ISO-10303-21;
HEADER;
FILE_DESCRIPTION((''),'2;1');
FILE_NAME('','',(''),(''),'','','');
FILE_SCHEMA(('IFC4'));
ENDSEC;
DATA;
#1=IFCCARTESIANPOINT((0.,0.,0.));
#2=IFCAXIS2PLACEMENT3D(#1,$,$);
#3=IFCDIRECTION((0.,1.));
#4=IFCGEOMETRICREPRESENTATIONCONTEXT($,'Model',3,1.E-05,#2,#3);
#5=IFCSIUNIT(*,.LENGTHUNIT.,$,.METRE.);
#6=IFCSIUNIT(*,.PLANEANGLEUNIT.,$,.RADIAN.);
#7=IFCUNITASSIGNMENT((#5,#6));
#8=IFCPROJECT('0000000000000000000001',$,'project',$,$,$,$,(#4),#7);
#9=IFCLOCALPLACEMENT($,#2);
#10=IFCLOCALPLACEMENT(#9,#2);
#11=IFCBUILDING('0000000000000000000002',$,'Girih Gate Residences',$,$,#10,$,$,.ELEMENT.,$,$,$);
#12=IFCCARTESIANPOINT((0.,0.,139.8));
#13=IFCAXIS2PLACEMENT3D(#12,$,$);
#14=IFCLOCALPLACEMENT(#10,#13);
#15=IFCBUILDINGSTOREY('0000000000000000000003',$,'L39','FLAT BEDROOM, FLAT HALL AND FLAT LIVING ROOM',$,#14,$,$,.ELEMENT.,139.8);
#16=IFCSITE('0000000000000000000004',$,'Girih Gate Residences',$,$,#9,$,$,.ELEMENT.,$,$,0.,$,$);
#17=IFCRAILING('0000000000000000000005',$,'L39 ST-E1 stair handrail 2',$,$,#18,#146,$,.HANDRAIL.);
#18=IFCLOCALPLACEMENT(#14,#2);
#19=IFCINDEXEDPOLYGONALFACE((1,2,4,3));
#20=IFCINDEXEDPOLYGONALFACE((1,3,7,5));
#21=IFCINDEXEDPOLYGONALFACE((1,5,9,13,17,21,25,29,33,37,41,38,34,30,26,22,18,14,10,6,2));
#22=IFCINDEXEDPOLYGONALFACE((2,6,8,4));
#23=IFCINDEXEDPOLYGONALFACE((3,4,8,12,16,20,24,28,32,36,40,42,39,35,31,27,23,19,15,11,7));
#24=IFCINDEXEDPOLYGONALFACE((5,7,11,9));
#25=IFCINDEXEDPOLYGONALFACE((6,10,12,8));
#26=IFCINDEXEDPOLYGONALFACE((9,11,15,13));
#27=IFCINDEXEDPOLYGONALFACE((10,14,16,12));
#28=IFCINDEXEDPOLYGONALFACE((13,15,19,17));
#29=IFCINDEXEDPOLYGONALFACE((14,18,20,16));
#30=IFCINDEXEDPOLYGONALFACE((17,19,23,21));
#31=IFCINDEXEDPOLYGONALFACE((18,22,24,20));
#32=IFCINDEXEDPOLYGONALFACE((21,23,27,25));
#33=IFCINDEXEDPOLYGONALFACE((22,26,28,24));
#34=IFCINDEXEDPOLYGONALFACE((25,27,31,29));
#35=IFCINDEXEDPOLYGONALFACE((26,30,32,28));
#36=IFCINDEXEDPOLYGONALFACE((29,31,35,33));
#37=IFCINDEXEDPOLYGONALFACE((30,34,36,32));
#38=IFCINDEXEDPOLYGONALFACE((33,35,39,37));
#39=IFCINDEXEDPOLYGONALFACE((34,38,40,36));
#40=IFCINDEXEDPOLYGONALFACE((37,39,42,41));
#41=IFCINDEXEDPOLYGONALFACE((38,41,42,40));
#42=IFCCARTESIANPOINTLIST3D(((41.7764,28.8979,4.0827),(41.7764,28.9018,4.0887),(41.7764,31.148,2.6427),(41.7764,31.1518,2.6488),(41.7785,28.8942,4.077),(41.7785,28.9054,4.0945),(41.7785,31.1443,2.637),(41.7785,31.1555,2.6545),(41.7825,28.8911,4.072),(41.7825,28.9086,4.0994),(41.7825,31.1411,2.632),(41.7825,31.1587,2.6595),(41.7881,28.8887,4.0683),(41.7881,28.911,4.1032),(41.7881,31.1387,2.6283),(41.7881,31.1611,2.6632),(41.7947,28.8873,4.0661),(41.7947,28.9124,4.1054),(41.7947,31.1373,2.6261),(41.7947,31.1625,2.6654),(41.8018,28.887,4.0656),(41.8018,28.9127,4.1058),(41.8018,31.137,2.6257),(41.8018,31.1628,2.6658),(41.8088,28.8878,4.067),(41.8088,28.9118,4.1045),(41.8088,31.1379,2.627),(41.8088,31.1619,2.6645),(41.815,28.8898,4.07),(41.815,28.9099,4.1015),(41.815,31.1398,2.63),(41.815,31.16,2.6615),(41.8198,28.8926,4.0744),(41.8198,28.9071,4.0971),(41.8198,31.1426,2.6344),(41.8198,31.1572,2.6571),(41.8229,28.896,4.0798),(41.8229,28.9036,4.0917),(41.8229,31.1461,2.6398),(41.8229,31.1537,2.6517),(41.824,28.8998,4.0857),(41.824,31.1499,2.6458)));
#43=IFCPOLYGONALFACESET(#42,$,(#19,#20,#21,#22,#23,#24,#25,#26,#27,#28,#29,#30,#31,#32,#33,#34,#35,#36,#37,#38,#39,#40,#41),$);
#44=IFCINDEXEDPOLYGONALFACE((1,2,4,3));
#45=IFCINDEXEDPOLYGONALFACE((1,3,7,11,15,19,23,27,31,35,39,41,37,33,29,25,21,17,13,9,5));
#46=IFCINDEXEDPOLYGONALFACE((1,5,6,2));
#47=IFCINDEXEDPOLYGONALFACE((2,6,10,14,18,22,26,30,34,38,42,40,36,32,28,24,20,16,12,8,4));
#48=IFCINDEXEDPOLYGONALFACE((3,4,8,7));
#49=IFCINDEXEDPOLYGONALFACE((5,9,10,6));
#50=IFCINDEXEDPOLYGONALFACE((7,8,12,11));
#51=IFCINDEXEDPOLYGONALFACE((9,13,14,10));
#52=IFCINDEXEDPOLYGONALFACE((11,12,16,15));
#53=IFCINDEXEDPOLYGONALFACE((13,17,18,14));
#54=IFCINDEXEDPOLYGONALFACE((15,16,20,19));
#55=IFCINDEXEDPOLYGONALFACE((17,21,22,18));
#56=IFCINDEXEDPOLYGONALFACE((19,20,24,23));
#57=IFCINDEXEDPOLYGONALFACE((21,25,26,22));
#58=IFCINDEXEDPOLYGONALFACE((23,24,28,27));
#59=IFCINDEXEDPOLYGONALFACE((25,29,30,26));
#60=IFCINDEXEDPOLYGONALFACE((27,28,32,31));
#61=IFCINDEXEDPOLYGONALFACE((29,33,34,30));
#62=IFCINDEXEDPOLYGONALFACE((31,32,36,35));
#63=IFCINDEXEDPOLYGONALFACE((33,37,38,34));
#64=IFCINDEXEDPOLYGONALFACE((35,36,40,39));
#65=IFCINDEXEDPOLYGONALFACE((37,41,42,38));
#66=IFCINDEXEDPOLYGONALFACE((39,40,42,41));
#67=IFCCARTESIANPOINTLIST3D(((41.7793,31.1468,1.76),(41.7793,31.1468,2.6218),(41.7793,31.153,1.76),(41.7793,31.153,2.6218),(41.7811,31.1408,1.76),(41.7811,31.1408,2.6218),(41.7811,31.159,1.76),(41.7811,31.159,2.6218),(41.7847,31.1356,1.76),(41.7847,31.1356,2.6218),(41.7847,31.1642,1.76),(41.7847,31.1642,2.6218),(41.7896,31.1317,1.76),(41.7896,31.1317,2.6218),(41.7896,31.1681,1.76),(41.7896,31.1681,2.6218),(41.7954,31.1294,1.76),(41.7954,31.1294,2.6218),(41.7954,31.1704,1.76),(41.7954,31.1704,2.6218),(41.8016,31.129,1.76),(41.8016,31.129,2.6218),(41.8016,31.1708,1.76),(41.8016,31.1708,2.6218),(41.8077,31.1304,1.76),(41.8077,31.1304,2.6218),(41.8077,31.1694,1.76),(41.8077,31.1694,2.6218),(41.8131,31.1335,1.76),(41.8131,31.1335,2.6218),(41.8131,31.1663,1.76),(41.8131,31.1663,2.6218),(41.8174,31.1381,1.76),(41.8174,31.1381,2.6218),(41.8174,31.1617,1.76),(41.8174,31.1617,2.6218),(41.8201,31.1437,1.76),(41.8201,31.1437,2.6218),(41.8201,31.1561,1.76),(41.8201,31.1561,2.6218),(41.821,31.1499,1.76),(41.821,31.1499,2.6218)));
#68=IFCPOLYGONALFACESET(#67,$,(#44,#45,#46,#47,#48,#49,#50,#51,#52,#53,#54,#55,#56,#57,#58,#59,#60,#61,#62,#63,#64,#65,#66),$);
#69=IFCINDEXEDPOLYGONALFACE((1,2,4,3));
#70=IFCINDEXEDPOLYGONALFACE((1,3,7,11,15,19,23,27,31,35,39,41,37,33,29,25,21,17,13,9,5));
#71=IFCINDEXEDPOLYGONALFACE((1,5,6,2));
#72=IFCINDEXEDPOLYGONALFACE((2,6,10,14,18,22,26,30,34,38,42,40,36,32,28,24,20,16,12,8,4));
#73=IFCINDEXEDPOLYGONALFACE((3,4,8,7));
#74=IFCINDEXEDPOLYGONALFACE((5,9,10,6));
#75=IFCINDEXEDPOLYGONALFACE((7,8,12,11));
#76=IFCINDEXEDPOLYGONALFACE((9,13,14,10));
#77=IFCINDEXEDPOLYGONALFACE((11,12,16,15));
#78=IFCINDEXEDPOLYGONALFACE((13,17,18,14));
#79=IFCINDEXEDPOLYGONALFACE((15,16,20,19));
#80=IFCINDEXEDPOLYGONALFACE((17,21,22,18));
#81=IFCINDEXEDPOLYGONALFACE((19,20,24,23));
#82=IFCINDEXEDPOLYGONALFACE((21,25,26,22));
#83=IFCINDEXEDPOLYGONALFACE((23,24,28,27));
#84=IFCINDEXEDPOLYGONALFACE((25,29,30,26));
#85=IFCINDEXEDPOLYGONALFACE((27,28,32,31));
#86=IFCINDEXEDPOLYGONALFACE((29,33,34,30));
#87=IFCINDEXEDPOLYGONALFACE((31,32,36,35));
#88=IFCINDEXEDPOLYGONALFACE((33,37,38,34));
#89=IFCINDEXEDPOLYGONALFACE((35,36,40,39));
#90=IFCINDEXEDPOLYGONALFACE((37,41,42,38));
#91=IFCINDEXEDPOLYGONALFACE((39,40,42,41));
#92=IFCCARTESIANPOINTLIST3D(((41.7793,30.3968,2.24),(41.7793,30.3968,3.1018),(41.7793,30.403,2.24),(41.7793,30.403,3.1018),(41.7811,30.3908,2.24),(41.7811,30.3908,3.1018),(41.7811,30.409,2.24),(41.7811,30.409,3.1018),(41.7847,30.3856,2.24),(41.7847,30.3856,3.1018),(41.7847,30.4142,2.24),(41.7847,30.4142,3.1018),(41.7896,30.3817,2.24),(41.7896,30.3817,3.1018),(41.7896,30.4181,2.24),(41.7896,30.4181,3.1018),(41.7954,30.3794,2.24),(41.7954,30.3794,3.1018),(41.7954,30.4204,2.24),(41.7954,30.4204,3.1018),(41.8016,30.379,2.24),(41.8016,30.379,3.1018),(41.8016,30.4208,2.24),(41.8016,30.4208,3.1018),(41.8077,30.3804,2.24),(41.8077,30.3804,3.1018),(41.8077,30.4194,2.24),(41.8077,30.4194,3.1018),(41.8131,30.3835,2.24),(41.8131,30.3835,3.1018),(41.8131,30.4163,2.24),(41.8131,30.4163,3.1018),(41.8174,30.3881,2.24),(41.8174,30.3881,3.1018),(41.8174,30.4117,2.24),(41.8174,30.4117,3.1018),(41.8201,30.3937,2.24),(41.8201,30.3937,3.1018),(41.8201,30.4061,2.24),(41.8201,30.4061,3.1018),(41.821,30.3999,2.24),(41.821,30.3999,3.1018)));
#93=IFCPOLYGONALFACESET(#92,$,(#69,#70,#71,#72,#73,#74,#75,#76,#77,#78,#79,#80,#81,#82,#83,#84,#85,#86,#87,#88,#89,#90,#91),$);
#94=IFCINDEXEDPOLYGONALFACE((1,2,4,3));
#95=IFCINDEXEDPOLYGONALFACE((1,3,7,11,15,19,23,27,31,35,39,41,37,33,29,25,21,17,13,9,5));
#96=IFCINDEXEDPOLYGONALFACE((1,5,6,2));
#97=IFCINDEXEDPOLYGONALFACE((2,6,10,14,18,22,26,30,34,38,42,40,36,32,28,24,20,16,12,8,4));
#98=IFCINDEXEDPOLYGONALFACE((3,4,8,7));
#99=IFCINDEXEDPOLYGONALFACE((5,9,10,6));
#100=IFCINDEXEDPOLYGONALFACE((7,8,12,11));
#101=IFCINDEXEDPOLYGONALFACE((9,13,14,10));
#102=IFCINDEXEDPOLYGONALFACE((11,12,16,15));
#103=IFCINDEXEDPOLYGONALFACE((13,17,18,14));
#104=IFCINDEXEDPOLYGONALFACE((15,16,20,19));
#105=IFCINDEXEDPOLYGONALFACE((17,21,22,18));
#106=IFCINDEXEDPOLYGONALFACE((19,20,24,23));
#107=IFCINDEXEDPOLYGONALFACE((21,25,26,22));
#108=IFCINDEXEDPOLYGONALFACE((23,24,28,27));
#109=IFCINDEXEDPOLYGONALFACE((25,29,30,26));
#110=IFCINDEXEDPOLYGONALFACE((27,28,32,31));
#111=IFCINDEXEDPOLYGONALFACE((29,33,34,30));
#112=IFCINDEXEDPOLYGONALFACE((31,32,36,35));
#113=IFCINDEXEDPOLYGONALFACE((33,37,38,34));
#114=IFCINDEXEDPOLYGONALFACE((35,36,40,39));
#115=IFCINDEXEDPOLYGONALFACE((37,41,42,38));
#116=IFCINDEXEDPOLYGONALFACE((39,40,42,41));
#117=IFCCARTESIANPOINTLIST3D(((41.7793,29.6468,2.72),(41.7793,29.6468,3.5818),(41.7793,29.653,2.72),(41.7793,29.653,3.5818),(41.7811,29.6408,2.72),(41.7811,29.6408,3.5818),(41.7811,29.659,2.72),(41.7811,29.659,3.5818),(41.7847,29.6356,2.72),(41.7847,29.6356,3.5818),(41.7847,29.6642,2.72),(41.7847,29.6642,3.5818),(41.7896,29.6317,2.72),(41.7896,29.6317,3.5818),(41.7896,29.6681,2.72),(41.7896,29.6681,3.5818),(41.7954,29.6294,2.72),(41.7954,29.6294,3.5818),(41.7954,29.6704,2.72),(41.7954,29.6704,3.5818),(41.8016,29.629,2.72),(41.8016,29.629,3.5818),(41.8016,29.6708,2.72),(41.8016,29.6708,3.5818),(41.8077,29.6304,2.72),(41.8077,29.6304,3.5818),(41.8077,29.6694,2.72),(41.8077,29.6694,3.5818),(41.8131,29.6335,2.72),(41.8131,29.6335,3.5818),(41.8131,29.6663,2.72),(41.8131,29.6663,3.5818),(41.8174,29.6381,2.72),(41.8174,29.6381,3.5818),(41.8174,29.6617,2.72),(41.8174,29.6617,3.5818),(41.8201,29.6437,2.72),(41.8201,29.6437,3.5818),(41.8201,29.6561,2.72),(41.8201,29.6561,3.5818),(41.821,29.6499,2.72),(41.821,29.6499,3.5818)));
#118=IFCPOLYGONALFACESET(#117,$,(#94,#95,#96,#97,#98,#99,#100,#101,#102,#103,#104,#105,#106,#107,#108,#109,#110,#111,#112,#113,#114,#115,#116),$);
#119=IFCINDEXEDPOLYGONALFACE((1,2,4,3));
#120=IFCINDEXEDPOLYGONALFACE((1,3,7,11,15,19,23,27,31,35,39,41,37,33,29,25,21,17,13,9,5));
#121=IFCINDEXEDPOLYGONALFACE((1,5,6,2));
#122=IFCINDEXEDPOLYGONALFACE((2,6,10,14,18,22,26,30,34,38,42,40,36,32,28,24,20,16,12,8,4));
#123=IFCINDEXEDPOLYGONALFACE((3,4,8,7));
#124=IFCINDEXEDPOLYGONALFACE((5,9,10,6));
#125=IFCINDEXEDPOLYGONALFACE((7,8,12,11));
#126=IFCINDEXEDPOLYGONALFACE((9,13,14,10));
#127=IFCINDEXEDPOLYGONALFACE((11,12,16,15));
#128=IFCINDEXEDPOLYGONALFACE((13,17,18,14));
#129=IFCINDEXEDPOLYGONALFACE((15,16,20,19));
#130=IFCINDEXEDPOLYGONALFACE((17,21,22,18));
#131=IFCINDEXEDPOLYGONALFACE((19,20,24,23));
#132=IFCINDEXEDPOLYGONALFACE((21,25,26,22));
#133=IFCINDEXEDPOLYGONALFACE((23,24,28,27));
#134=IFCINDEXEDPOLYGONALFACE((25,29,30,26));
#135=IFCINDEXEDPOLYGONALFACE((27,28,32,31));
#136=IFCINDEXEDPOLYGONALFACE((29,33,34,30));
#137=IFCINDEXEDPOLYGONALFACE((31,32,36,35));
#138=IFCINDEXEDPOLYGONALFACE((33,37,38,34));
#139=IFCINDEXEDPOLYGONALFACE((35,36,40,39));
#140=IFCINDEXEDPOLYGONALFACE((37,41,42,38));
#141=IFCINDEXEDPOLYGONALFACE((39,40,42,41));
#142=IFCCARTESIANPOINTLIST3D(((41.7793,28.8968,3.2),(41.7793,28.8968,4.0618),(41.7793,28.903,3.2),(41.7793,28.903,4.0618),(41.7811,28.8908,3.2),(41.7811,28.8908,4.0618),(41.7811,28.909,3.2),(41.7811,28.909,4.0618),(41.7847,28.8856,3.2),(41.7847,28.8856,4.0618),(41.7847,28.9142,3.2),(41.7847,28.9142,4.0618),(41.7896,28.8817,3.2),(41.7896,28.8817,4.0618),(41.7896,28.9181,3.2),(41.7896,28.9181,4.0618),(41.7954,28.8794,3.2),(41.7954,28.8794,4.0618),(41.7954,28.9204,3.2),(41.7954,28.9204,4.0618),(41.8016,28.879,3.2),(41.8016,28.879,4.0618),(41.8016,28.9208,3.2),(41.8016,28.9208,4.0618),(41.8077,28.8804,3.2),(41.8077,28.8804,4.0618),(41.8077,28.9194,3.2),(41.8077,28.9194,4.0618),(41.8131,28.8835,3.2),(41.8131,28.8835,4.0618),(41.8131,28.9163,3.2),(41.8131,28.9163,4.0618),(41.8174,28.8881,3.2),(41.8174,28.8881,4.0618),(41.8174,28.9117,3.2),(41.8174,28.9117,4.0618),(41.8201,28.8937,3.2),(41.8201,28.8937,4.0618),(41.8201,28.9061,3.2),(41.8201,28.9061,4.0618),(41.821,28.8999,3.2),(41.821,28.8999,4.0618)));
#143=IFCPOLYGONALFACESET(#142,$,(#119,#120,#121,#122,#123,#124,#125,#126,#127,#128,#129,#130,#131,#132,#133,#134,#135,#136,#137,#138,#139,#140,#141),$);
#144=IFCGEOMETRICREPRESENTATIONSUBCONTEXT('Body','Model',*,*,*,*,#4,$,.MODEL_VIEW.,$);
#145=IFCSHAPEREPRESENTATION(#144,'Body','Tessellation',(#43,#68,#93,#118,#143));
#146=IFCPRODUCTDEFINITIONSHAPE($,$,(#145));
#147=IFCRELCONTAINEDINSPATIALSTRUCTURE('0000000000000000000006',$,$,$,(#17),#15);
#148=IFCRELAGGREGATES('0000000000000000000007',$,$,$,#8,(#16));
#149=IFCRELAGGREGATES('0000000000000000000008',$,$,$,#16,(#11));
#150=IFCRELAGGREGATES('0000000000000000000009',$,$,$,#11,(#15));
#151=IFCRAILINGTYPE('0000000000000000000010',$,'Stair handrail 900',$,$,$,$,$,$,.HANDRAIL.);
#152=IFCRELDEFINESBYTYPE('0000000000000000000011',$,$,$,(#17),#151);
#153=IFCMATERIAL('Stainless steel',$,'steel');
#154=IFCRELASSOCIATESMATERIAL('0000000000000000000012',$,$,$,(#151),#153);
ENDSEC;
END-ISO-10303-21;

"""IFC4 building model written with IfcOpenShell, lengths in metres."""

from ifc_helpers import new_model, si_unit, direction, frame, origin, origin_2d, place, context, subcontext, project, spatial, circle, extrude, material, type_object, element, save


model = new_model("IFC4")

# Units and contexts
model_context = context("Model", 3, precision=1e-05, world=origin(), true_north=direction((0.0, 1.0)))
body_context = subcontext(model_context, "Body", "Model", "MODEL_VIEW")
ifc_project = project(units=[si_unit("LENGTHUNIT", "METRE"), si_unit("PLANEANGLEUNIT", "RADIAN")], contexts=[model_context])

# Site, building, storey
site_placement = place(None, origin())
site = spatial("IfcSite", under=ifc_project, at=site_placement, Name="Girih Gate Residences", CompositionType="ELEMENT", RefElevation=0.0)
building_placement = place(site_placement, origin())
building = spatial("IfcBuilding", under=site, at=building_placement, Name="Girih Gate Residences", CompositionType="ELEMENT")
storey_placement = place(building_placement, frame((0.0, 0.0, 139.8)))
storey = spatial("IfcBuildingStorey", under=building, at=storey_placement, Name="L39", Description="FLAT BEDROOM, FLAT HALL AND FLAT LIVING ROOM", CompositionType="ELEMENT", Elevation=139.8)

# Railing
ifc_material_1 = material(Name="Stainless steel", Category="steel")
railing_type_1 = type_object("IfcRailingType", Name="Stair handrail 900", PredefinedType="HANDRAIL", material=ifc_material_1)
railing_1_placement = place(storey_placement, frame((41.8, 31.1499, 1.76)))
element("IfcRailing", 1, at=railing_1_placement, inside=storey, type_object=railing_type_1, Name="L39 ST-E1 stair handrail 2", PredefinedType="HANDRAIL", context=body_context, shape_type="SweptSolid", body=[
    extrude(circle(Radius=0.0239, at=origin_2d()), frame((0.0, 0.0, 0.8857), z_axis=(0.0, -0.842281, 0.539038), x_axis=(1.0, 0.0, 0.0)), (0.0, 0.0, 1.0), 2.6714),
    extrude(circle(Radius=0.021, at=origin_2d()), origin(), (0.0, 0.0, 1.0), 0.8618),
    extrude(circle(Radius=0.021, at=origin_2d()), frame((0.0, -0.75, 0.48)), (0.0, 0.0, 1.0), 0.8618),
    extrude(circle(Radius=0.021, at=origin_2d()), frame((0.0, -1.5, 0.96)), (0.0, 0.0, 1.0), 0.8618),
    extrude(circle(Radius=0.021, at=origin_2d()), frame((0.0, -2.25, 1.4399)), (0.0, 0.0, 1.0), 0.8618),
])

save(model, "model.ifc")
